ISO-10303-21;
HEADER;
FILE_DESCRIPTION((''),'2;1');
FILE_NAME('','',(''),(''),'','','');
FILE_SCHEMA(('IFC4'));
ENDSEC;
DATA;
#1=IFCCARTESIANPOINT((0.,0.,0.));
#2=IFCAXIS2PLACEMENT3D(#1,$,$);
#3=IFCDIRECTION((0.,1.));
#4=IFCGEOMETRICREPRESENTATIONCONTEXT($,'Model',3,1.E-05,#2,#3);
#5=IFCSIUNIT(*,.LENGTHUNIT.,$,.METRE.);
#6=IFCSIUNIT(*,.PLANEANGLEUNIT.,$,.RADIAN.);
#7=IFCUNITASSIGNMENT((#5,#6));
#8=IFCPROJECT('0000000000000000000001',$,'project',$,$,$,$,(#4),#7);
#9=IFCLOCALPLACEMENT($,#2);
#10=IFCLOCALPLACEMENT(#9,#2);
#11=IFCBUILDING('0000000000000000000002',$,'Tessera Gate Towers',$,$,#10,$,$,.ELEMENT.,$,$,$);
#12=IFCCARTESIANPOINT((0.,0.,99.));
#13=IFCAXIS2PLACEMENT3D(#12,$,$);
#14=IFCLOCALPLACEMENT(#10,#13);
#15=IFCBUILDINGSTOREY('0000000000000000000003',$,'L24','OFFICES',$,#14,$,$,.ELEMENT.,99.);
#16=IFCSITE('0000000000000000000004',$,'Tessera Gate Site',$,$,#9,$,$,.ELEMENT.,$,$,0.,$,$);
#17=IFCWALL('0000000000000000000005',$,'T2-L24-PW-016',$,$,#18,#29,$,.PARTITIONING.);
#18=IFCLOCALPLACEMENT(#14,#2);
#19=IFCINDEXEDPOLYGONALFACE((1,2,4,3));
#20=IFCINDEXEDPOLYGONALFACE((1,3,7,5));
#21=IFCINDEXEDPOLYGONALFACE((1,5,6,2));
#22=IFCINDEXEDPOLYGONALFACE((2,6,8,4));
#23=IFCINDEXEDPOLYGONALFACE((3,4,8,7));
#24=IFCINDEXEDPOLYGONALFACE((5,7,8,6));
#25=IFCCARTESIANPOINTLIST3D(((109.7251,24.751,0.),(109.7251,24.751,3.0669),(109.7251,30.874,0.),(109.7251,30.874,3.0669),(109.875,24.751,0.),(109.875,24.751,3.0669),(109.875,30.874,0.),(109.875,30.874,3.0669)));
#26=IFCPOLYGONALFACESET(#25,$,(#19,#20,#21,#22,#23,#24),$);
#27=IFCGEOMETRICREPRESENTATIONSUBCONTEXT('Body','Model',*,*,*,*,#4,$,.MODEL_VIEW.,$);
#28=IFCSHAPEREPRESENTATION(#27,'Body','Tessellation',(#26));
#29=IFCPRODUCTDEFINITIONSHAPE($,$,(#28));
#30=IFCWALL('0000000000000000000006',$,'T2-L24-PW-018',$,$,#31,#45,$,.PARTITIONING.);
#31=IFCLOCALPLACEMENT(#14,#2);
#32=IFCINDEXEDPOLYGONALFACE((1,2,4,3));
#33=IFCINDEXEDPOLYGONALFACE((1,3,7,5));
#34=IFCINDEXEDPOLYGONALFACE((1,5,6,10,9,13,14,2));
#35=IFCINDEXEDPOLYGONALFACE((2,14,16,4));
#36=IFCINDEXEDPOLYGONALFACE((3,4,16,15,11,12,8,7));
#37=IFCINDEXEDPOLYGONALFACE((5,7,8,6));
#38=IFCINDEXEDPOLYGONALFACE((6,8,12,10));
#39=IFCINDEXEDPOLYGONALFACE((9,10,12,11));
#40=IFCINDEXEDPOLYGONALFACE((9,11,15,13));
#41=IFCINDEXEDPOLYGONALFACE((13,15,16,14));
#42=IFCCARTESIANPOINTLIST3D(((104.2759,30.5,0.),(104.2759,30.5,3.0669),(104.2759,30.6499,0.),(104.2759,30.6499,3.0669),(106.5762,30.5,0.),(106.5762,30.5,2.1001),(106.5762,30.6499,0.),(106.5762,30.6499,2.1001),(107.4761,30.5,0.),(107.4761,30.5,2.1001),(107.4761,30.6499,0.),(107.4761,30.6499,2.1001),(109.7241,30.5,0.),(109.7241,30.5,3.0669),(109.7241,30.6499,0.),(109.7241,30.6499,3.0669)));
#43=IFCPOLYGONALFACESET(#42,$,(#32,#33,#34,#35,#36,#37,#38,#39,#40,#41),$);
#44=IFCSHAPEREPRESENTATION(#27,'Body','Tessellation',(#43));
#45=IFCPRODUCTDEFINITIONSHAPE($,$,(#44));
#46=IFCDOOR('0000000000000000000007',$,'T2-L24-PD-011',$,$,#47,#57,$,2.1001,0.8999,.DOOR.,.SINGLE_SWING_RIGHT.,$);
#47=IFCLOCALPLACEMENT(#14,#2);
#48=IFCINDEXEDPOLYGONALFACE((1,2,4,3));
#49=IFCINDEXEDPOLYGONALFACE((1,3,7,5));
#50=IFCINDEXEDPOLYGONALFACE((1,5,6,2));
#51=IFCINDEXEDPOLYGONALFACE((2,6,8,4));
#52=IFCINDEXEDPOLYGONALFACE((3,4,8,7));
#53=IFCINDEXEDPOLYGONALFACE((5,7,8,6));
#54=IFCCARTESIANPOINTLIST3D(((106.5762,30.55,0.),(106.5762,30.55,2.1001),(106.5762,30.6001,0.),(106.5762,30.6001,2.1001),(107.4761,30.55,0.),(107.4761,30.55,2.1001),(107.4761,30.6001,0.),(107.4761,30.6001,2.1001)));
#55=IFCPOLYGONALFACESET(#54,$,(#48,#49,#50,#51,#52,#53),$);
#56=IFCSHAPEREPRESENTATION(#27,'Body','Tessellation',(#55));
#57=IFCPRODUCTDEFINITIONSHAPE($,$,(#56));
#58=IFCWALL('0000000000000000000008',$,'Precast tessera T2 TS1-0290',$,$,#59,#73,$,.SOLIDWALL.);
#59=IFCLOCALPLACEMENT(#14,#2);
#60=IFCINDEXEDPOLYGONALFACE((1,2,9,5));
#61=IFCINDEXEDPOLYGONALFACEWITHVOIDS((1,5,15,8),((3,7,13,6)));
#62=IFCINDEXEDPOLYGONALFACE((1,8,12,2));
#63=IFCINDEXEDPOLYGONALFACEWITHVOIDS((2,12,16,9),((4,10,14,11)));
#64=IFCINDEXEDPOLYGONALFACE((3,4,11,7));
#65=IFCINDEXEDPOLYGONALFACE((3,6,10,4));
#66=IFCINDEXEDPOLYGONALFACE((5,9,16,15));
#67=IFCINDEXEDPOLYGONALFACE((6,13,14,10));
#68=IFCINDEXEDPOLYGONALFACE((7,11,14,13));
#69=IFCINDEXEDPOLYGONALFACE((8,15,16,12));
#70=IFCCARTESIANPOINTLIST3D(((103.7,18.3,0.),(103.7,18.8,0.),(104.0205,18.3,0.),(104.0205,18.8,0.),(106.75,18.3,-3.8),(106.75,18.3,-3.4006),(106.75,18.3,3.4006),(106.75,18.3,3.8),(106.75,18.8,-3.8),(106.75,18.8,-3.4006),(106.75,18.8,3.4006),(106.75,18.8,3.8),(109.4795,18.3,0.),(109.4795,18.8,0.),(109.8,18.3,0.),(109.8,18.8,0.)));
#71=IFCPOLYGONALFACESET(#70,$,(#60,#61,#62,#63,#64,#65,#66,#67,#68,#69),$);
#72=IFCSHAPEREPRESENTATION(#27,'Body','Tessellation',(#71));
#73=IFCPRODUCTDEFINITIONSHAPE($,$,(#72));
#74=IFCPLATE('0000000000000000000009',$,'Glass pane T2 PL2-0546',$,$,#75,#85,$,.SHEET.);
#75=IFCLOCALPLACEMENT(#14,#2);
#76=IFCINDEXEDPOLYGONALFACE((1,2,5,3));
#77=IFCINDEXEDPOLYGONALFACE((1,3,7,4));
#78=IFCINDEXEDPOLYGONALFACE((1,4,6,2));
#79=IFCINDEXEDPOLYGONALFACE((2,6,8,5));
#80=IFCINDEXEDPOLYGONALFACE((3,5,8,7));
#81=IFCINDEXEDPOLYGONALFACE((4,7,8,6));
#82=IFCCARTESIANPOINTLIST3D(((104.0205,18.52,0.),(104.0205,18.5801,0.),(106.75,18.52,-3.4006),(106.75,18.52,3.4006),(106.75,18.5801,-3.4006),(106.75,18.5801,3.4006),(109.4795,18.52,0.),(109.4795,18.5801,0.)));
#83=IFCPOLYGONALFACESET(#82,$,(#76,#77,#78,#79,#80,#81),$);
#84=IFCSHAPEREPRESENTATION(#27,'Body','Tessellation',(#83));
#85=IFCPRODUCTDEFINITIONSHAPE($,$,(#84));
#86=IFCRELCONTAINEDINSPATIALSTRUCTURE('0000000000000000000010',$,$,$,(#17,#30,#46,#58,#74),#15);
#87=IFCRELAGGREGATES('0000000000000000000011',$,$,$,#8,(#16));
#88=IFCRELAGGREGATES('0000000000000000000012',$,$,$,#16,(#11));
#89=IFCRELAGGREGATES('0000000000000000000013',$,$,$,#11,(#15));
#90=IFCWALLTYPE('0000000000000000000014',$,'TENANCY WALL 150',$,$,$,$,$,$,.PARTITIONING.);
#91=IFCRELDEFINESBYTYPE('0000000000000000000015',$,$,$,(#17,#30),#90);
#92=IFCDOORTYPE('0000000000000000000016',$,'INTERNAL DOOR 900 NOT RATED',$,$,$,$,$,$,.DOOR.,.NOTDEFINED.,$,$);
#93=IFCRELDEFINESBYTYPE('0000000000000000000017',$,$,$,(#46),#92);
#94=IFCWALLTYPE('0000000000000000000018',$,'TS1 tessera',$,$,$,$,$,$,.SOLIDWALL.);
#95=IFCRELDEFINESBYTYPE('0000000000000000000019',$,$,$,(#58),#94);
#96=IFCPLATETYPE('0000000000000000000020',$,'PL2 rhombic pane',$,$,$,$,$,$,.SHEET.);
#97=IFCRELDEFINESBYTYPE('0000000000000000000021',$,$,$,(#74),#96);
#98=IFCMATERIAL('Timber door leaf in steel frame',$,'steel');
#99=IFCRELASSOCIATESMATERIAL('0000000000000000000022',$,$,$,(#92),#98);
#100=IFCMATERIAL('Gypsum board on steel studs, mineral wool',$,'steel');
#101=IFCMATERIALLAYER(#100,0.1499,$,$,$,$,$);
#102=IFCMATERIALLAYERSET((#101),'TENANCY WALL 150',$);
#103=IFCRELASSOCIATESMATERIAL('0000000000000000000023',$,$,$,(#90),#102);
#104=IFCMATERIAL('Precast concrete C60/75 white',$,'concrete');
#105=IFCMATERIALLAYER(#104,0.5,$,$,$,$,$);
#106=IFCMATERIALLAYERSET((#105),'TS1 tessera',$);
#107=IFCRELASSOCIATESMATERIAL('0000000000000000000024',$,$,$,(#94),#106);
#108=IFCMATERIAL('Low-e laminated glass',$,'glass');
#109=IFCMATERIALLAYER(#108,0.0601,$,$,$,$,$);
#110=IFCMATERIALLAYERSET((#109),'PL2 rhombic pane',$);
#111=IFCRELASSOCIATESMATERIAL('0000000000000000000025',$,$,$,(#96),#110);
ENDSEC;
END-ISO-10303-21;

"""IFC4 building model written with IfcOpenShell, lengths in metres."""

from ifc_helpers import new_model, si_unit, direction, frame, frame_2d, origin, place, context, subcontext, project, spatial, polyline, rectangle, outline, extrude, source, transform, mapped, material, layer, layer_set, type_object, element, fill, save


model = new_model("IFC4")

# Units and contexts
model_context = context("Model", 3, precision=1e-05, world=origin(), true_north=direction((0.0, 1.0)))
body_context = subcontext(model_context, "Body", "Model", "MODEL_VIEW")
ifc_project = project(units=[si_unit("LENGTHUNIT", "METRE"), si_unit("PLANEANGLEUNIT", "RADIAN")], contexts=[model_context])

# Site, building, storey
site_placement = place(None, origin())
site = spatial("IfcSite", under=ifc_project, at=site_placement, Name="Tessera Gate Site", CompositionType="ELEMENT", RefElevation=0.0)
building_placement = place(site_placement, origin())
building = spatial("IfcBuilding", under=site, at=building_placement, Name="Tessera Gate Towers", CompositionType="ELEMENT")
storey_placement = place(building_placement, frame((0.0, 0.0, 99.0)))
storey = spatial("IfcBuildingStorey", under=building, at=storey_placement, Name="L24", Description="OFFICES", CompositionType="ELEMENT", Elevation=99.0)

# Shared definitions
ifc_material_1 = material(Name="Timber door leaf in steel frame", Category="steel")
door_type_1 = type_object("IfcDoorType", Name="INTERNAL DOOR 900 NOT RATED", OperationType="NOTDEFINED", PredefinedType="DOOR", material=ifc_material_1)
shared_shape_1 = source(origin(), body_context, "Body", "SweptSolid", [
    extrude(rectangle(XDim=0.8999, YDim=2.1001, at=frame_2d((0.45, 1.05))), frame((0.0, 0.0249, 0.0), z_axis=(0.0, -1.0, 0.0), x_axis=(1.0, 0.0, 0.0)), (0.0, 0.0, 1.0), 0.05),
])

# Wall
ifc_material_2 = material(Name="Gypsum board on steel studs, mineral wool", Category="steel")
ifc_layer_1 = layer(ifc_material_2, 0.1499)
ifc_layer_set_1 = layer_set([ifc_layer_1], Name="TENANCY WALL 150")
wall_type_1 = type_object("IfcWallType", Name="TENANCY WALL 150", PredefinedType="PARTITIONING", material=ifc_layer_set_1)
wall_1_placement = place(storey_placement, frame((109.8, 24.751, 0.0), z_axis=(0.0, 0.0, 1.0), x_axis=(0.0, 1.0, 0.0)))
element("IfcWall", 1, at=wall_1_placement, inside=storey, type_object=wall_type_1, Name="T2-L24-PW-016", PredefinedType="PARTITIONING", context=body_context, shape_type="SweptSolid", body=[
    extrude(rectangle(XDim=6.123, YDim=0.1499, at=frame_2d((3.0615, 0.0))), origin(), (0.0, 0.0, 1.0), 3.0669),
])

# Wall, opening, door
wall_2_placement = place(storey_placement, frame((109.7241, 30.575, 0.0), z_axis=(0.0, 0.0, 1.0), x_axis=(-1.0, 0.0, 0.0)))
wall_2 = element("IfcWall", 2, at=wall_2_placement, inside=storey, type_object=wall_type_1, Name="T2-L24-PW-018", PredefinedType="PARTITIONING", context=body_context, shape_type="SweptSolid", body=[
    extrude(rectangle(XDim=5.4482, YDim=0.1499, at=frame_2d((2.7241, 0.0))), origin(), (0.0, 0.0, 1.0), 3.0669),
])
shared_shape_2 = source(origin(), body_context, "Body", "SweptSolid", [
    extrude(rectangle(XDim=0.8999, YDim=2.1001, at=frame_2d((0.45, 1.05))), frame((0.0, 0.085, 0.0), z_axis=(0.0, -1.0, 0.0), x_axis=(1.0, 0.0, 0.0)), (0.0, 0.0, 1.0), 0.1699),
])
opening_1_placement = place(wall_2_placement, frame((2.248, 0.0, 0.0)))
opening_1 = element("IfcOpeningElement", 3, at=opening_1_placement, cuts=wall_2, PredefinedType="OPENING", context=body_context, shape_type="MappedRepresentation", body=[
    mapped(shared_shape_2, transform((0.0, 0.0, 0.0), scale=1.0)),
])
door_1_placement = place(opening_1_placement, origin())
door_1 = element("IfcDoor", 4, at=door_1_placement, inside=storey, type_object=door_type_1, Name="T2-L24-PD-011", OperationType="SINGLE_SWING_RIGHT", OverallHeight=2.1001, OverallWidth=0.8999, PredefinedType="DOOR", context=body_context, shape_type="MappedRepresentation", body=[
    mapped(shared_shape_1, transform((0.0, 0.0, 0.0), scale=1.0)),
])
fill(opening_1, door_1)

# Wall, opening, plate
ifc_material_3 = material(Name="Precast concrete C60/75 white", Category="concrete")
ifc_layer_2 = layer(ifc_material_3, 0.5)
ifc_layer_set_2 = layer_set([ifc_layer_2], Name="TS1 tessera")
wall_type_2 = type_object("IfcWallType", Name="TS1 tessera", PredefinedType="SOLIDWALL", material=ifc_layer_set_2)
shared_shape_3 = source(origin(), body_context, "Body", "SweptSolid", [
    extrude(outline(polyline([(3.05, 0.0), (6.1001, 3.8), (3.05, 7.6001), (0.0, 3.8), (3.05, 0.0)])), frame((0.0, 0.25, 0.0), z_axis=(0.0, -1.0, 0.0), x_axis=(1.0, 0.0, 0.0)), (0.0, 0.0, 1.0), 0.5),
])
wall_3_placement = place(storey_placement, frame((103.7, 18.55, -3.8), z_axis=(0.0, 0.0, 1.0), x_axis=(1.0, 0.0, 0.0)))
wall_3 = element("IfcWall", 5, at=wall_3_placement, inside=storey, type_object=wall_type_2, Name="Precast tessera T2 TS1-0290", PredefinedType="SOLIDWALL", context=body_context, shape_type="MappedRepresentation", body=[
    mapped(shared_shape_3, transform((0.0, 0.0, 0.0), scale=1.0)),
])
shared_shape_4 = source(origin(), body_context, "Body", "SweptSolid", [
    extrude(outline(polyline([(3.05, 0.3994), (5.7795, 3.8), (3.05, 7.2007), (0.3206, 3.8), (3.05, 0.3994)])), frame((0.0, 0.26, 0.0), z_axis=(0.0, -1.0, 0.0), x_axis=(1.0, 0.0, 0.0)), (0.0, 0.0, 1.0), 0.52),
])
opening_2_placement = place(wall_3_placement, origin())
opening_2 = element("IfcOpeningElement", 6, at=opening_2_placement, cuts=wall_3, PredefinedType="OPENING", context=body_context, shape_type="MappedRepresentation", body=[
    mapped(shared_shape_4, transform((0.0, 0.0, 0.0), scale=1.0)),
])
ifc_material_4 = material(Name="Low-e laminated glass", Category="glass")
ifc_layer_3 = layer(ifc_material_4, 0.0601)
ifc_layer_set_3 = layer_set([ifc_layer_3], Name="PL2 rhombic pane")
plate_type = type_object("IfcPlateType", Name="PL2 rhombic pane", PredefinedType="SHEET", material=ifc_layer_set_3)
shared_shape_5 = source(origin(), body_context, "Body", "SweptSolid", [
    extrude(outline(polyline([(3.05, 0.3994), (5.7795, 3.8), (3.05, 7.2007), (0.3206, 3.8), (3.05, 0.3994)])), frame((0.0, 0.03, 0.0), z_axis=(0.0, -1.0, 0.0), x_axis=(1.0, 0.0, 0.0)), (0.0, 0.0, 1.0), 0.0601),
])
plate_placement = place(opening_2_placement, origin())
plate = element("IfcPlate", 7, at=plate_placement, inside=storey, type_object=plate_type, Name="Glass pane T2 PL2-0546", PredefinedType="SHEET", context=body_context, shape_type="MappedRepresentation", body=[
    mapped(shared_shape_5, transform((0.0, 0.0, 0.0), scale=1.0)),
])
fill(opening_2, plate)

save(model, "model.ifc")
